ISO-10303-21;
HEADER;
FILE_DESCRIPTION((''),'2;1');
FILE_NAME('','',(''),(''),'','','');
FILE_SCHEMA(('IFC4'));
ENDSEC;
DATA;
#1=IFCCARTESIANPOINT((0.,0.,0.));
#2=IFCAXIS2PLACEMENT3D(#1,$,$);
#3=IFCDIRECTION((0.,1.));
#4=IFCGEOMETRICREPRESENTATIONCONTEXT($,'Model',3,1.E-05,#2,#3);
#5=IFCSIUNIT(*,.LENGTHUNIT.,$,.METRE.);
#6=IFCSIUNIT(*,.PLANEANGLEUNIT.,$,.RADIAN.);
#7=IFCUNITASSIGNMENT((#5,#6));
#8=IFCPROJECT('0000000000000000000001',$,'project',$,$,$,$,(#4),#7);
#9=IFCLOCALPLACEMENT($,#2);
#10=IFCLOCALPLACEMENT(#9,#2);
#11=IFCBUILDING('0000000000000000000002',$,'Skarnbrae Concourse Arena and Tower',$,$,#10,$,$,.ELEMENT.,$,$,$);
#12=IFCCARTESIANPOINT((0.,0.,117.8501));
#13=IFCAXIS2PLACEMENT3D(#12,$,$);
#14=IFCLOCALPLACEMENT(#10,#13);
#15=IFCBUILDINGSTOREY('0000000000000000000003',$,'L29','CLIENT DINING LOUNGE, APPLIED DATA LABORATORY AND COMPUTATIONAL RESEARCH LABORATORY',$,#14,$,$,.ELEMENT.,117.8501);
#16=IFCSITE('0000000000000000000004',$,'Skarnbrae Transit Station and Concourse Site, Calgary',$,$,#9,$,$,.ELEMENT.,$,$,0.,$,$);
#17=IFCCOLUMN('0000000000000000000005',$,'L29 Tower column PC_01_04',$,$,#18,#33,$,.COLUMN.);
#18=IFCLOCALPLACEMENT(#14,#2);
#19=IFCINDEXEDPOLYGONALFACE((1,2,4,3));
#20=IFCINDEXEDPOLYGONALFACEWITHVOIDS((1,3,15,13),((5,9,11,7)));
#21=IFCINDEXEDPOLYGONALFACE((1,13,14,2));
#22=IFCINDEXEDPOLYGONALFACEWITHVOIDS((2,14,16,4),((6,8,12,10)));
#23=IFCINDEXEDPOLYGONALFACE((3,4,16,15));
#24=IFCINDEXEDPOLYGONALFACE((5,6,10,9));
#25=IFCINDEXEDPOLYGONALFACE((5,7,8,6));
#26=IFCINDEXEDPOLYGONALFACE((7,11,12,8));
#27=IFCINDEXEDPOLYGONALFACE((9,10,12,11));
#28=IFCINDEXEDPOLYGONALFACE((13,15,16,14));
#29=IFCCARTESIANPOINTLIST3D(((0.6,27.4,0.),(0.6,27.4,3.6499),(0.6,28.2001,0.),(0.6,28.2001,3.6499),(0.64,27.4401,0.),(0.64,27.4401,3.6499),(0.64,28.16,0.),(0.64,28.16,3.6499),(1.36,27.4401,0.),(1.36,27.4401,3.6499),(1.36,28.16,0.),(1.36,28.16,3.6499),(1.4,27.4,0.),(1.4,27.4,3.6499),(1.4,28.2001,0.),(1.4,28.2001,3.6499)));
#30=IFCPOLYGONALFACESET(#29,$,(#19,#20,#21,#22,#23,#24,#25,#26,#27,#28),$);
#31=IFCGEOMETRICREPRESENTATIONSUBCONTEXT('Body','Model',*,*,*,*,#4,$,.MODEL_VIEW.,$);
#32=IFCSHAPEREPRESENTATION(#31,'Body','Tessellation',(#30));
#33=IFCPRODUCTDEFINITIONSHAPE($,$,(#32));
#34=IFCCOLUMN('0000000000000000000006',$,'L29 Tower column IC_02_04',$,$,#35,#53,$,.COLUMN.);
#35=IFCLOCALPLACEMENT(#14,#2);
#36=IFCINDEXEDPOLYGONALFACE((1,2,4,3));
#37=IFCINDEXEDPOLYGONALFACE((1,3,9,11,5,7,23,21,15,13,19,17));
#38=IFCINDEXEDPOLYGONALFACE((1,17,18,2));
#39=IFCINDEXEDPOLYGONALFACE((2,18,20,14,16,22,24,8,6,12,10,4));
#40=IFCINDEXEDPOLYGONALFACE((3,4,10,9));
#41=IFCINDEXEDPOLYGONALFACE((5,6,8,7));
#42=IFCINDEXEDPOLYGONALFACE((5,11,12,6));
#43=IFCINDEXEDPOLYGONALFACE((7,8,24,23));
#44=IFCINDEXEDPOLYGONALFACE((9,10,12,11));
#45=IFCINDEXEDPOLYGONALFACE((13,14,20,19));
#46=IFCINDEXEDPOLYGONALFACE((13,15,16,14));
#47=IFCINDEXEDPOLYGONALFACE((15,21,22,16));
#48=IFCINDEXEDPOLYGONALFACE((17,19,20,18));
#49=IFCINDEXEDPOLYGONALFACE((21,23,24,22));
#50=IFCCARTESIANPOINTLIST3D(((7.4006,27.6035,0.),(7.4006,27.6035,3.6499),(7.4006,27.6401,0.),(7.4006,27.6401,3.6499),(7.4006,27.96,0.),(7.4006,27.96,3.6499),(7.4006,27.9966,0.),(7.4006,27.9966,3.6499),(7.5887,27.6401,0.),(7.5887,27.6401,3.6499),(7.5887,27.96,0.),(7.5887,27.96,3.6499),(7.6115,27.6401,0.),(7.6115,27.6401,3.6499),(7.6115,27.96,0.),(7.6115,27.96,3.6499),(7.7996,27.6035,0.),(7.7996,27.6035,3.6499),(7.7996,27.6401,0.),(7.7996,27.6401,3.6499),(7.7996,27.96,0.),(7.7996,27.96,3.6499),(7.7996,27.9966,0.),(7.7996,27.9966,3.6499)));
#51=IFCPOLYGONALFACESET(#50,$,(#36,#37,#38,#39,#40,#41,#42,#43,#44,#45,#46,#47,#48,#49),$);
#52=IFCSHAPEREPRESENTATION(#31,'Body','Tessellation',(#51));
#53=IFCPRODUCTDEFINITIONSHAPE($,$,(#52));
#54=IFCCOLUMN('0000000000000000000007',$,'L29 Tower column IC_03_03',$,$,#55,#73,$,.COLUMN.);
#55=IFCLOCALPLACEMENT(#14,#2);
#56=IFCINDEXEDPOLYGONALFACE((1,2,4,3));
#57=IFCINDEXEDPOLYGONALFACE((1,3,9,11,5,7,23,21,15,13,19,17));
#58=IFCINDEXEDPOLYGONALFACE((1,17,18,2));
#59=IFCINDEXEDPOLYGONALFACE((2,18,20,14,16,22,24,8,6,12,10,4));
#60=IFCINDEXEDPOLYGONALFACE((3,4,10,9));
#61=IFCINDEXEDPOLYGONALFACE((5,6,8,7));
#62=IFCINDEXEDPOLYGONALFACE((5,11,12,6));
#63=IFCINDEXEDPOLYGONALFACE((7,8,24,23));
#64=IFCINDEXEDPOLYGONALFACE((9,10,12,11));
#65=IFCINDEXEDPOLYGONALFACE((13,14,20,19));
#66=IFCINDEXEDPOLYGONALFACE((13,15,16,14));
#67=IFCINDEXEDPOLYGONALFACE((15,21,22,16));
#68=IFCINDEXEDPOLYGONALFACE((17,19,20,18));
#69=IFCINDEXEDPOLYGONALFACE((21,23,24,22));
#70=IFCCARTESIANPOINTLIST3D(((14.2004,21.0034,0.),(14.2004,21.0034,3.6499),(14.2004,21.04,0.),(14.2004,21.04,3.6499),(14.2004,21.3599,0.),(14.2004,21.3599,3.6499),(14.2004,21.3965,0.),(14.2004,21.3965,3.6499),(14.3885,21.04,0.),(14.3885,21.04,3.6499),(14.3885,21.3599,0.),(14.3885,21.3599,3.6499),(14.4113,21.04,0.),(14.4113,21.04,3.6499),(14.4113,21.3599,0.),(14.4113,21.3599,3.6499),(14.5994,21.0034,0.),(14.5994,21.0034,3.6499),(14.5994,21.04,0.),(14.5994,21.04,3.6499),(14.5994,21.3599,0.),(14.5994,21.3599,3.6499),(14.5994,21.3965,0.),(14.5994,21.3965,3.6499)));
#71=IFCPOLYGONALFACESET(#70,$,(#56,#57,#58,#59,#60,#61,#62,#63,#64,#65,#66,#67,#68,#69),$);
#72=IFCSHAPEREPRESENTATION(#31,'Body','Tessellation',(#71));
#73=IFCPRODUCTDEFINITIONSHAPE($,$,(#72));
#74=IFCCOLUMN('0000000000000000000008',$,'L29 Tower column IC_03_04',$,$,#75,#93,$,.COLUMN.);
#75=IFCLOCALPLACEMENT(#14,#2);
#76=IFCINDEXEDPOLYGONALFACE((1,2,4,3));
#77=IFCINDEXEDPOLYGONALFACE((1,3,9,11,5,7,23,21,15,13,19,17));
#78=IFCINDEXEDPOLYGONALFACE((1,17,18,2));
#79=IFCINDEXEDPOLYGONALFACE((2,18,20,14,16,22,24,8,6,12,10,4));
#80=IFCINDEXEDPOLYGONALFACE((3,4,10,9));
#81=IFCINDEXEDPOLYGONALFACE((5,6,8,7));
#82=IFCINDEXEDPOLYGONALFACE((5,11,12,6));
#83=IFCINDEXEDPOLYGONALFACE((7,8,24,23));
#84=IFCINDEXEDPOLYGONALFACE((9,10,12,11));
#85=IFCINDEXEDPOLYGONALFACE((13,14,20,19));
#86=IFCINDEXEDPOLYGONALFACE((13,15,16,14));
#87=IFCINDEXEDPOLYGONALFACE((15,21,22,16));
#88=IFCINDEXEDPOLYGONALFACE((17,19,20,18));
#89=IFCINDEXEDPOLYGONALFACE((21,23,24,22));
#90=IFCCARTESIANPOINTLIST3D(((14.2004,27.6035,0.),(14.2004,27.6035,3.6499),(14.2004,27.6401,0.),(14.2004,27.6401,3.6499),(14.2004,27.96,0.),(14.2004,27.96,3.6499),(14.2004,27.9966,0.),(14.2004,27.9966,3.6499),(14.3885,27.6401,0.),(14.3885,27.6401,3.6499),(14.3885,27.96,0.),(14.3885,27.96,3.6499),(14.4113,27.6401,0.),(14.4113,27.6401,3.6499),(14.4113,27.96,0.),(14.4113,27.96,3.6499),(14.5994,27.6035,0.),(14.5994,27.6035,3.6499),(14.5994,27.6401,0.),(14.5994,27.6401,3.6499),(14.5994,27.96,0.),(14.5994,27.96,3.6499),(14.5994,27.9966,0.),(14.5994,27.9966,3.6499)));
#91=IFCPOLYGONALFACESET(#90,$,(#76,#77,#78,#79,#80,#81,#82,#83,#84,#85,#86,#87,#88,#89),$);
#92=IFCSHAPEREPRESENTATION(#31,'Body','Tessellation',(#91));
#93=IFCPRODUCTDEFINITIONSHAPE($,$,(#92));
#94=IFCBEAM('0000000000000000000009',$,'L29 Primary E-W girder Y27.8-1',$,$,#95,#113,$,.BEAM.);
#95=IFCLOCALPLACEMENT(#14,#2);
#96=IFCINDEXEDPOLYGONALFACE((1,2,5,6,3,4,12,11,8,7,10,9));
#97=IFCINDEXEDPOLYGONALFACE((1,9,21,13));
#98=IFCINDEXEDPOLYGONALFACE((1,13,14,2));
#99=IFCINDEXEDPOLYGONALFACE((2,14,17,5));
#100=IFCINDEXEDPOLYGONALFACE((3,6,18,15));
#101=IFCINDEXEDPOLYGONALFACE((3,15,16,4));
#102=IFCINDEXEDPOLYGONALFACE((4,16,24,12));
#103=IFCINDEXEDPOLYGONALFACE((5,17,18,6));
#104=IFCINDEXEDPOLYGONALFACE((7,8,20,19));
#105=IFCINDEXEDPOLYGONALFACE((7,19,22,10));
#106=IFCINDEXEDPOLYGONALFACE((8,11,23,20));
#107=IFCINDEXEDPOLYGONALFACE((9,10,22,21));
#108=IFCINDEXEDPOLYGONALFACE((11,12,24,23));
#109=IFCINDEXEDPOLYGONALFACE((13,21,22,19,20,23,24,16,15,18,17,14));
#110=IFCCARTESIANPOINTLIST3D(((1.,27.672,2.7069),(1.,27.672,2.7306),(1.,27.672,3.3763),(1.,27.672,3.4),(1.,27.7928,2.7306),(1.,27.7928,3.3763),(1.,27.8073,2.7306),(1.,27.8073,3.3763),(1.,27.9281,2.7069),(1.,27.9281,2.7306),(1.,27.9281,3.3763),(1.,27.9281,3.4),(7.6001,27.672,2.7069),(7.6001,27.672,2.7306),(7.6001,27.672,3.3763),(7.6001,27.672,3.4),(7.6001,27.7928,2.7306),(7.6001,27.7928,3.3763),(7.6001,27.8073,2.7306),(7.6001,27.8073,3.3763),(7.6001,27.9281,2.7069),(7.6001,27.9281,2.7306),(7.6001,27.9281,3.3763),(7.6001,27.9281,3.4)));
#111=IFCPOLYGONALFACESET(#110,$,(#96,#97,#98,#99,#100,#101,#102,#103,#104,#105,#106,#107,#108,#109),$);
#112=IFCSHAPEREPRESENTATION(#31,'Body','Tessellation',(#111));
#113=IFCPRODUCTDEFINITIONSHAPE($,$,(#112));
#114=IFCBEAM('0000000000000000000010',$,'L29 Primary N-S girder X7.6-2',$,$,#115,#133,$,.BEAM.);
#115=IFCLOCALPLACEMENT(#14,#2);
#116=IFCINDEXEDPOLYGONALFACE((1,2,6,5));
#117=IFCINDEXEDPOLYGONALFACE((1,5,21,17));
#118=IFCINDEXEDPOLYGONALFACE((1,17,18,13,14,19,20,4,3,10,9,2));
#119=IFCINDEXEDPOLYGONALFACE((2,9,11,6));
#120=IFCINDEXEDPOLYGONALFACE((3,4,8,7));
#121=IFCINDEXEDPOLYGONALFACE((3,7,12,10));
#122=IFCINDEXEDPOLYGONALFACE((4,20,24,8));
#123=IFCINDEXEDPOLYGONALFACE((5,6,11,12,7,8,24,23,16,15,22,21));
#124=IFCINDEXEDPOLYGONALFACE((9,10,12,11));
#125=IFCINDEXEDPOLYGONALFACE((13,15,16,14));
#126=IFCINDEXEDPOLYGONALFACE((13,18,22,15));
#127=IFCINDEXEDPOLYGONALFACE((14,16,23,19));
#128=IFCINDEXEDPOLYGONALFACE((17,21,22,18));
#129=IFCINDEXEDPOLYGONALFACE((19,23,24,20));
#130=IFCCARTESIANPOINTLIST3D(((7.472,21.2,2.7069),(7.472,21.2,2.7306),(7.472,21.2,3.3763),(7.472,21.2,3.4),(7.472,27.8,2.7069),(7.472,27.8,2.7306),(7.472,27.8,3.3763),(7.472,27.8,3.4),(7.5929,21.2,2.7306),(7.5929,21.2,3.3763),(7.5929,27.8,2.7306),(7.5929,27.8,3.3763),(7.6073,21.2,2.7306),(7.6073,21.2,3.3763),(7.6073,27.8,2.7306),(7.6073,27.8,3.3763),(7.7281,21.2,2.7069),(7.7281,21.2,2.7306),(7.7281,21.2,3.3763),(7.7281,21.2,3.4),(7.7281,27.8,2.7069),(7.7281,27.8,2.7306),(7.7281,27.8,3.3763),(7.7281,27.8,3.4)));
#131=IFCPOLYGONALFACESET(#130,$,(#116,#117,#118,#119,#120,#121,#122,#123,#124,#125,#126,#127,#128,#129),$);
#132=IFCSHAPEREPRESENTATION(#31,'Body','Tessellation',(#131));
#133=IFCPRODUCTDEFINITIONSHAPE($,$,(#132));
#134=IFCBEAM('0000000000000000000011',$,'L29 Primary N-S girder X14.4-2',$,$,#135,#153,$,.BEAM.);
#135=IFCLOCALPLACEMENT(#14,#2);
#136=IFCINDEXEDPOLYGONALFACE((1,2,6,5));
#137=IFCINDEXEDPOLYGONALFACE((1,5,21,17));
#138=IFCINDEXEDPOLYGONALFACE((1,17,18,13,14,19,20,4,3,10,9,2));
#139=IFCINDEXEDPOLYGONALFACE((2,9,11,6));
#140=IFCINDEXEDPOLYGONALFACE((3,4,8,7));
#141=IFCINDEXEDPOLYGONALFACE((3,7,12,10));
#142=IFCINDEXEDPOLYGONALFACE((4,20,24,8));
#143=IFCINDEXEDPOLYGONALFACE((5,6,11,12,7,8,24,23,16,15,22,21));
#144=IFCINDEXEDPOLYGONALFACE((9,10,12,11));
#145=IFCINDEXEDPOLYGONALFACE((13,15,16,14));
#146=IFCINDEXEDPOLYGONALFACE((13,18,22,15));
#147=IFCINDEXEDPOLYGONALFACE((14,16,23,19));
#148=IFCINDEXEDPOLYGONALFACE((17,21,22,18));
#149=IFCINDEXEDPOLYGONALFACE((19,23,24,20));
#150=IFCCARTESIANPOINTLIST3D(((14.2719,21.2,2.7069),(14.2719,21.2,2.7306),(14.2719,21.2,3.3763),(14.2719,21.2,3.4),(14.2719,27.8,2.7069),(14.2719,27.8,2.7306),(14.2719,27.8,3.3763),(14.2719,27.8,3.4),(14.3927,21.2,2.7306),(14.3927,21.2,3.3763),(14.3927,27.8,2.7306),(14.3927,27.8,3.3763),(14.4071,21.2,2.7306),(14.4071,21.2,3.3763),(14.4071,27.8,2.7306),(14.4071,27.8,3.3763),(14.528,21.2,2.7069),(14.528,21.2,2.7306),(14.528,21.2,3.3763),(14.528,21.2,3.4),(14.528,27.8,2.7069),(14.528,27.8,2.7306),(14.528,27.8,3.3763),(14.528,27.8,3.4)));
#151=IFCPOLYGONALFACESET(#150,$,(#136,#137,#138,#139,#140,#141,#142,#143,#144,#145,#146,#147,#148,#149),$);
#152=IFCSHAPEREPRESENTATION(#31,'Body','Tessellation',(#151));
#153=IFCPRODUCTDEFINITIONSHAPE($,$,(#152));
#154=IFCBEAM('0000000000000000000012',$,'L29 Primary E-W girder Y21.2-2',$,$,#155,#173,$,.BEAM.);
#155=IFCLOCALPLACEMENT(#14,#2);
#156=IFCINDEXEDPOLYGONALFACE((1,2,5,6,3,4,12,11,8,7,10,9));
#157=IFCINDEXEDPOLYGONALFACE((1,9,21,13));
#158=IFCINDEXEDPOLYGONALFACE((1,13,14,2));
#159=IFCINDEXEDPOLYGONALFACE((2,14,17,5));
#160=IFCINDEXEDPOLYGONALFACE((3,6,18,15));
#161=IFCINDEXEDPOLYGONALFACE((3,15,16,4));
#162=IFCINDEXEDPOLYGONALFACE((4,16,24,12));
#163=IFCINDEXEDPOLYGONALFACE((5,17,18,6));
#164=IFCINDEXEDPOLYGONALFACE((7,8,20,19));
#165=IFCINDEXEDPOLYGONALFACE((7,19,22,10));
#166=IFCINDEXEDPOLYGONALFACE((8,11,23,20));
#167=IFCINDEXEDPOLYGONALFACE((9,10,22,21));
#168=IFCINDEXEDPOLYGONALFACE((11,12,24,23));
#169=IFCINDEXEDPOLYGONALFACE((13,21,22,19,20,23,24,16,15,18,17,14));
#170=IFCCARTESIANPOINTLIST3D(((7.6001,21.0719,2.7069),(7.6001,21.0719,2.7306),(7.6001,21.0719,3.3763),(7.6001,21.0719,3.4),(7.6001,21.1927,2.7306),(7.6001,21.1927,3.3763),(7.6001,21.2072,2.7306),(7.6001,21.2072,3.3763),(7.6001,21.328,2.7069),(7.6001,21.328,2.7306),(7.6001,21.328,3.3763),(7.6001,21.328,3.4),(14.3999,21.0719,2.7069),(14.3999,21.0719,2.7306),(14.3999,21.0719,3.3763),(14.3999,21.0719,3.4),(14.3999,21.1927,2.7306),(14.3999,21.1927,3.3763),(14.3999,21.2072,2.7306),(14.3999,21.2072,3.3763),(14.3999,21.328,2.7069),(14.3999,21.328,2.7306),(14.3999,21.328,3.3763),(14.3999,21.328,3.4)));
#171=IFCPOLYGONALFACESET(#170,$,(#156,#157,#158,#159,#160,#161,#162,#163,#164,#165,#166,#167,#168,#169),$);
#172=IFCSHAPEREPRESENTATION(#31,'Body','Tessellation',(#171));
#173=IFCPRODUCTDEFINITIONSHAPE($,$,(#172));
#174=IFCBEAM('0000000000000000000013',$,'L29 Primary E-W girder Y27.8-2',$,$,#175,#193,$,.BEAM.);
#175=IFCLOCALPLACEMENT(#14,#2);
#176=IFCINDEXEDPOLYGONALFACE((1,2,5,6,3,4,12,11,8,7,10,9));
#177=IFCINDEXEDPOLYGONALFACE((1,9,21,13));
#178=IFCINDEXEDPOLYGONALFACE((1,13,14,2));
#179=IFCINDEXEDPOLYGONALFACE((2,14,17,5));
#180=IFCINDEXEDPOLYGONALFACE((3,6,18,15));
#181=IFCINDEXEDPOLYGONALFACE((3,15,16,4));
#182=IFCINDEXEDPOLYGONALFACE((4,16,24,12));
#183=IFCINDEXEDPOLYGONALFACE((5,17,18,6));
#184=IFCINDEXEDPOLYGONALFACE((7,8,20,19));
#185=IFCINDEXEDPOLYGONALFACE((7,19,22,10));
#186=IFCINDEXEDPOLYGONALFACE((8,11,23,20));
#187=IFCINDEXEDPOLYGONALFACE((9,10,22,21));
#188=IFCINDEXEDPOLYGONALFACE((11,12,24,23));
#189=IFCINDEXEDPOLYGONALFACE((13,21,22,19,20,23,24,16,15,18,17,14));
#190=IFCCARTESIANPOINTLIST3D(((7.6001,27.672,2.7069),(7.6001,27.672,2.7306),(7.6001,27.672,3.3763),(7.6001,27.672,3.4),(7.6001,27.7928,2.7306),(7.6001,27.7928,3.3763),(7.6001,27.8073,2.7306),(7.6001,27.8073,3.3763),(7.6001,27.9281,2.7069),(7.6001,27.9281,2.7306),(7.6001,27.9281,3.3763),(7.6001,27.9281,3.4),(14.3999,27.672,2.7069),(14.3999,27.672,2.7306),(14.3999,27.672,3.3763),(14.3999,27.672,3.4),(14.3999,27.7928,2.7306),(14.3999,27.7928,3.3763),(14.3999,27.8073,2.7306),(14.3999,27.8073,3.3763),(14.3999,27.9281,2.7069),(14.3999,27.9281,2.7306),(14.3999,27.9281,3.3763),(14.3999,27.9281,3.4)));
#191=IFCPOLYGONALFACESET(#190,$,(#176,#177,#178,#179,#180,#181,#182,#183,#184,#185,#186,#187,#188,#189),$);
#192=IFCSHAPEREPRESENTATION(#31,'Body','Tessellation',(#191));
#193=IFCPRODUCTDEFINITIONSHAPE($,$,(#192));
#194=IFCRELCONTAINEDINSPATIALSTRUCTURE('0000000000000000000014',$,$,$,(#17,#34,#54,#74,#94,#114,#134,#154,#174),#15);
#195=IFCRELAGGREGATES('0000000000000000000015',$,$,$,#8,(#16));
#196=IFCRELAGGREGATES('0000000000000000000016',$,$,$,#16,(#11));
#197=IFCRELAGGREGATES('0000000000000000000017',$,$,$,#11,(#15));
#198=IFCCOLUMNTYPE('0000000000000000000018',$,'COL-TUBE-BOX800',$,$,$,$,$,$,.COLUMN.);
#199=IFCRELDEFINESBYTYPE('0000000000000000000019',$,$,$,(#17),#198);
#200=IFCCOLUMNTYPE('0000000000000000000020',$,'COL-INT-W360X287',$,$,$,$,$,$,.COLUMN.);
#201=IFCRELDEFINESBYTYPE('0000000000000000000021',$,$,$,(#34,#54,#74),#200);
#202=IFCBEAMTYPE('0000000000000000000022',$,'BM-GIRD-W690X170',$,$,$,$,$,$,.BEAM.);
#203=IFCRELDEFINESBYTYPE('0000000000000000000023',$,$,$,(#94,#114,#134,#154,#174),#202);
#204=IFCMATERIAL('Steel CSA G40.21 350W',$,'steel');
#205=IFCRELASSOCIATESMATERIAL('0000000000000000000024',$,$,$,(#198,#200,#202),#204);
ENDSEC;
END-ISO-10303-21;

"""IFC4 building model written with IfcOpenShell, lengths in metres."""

from ifc_helpers import new_model, si_unit, direction, frame, origin, origin_2d, place, context, subcontext, project, spatial, hollow_rectangle, i_section, extrude, source, transform, mapped, material, material_profile, profile_set, type_object, element, save


model = new_model("IFC4")

# Units and contexts
model_context = context("Model", 3, precision=1e-05, world=origin(), true_north=direction((0.0, 1.0)))
body_context = subcontext(model_context, "Body", "Model", "MODEL_VIEW")
ifc_project = project(units=[si_unit("LENGTHUNIT", "METRE"), si_unit("PLANEANGLEUNIT", "RADIAN")], contexts=[model_context])

# Site, building, storey
site_placement = place(None, origin())
site = spatial("IfcSite", under=ifc_project, at=site_placement, Name="Skarnbrae Transit Station and Concourse Site, Calgary", CompositionType="ELEMENT", RefElevation=0.0)
building_placement = place(site_placement, origin())
building = spatial("IfcBuilding", under=site, at=building_placement, Name="Skarnbrae Concourse Arena and Tower", CompositionType="ELEMENT")
storey_placement = place(building_placement, frame((0.0, 0.0, 117.8501)))
storey = spatial("IfcBuildingStorey", under=building, at=storey_placement, Name="L29", Description="CLIENT DINING LOUNGE, APPLIED DATA LABORATORY AND COMPUTATIONAL RESEARCH LABORATORY", CompositionType="ELEMENT", Elevation=117.8501)

# Columns
ifc_material_1 = material(Name="Steel CSA G40.21 350W", Category="steel")
ifc_material_profile_1 = material_profile(ifc_material_1, hollow_rectangle(XDim=0.8, YDim=0.8, WallThickness=0.04, at=origin_2d()), Name="BOX800X800X40")
ifc_profile_set_1 = profile_set([ifc_material_profile_1], Name="Steel CSA G40.21 350W")
column_type_1 = type_object("IfcColumnType", Name="COL-TUBE-BOX800", PredefinedType="COLUMN", material=ifc_profile_set_1)
shared_shape_1 = source(origin(), body_context, "Body", "SweptSolid", [
    extrude(hollow_rectangle(XDim=0.8, YDim=0.8, WallThickness=0.04, at=origin_2d()), origin(), (0.0, 0.0, 1.0), 3.6499),
])
column_placement = place(storey_placement, frame((1.0, 27.8, 0.0), z_axis=(0.0, 0.0, 1.0), x_axis=(1.0, 0.0, 0.0)))
element("IfcColumn", 1, at=column_placement, inside=storey, type_object=column_type_1, Name="L29 Tower column PC_01_04", PredefinedType="COLUMN", context=body_context, shape_type="MappedRepresentation", body=[
    mapped(shared_shape_1, transform((0.0, 0.0, 0.0))),
])
ifc_material_profile_2 = material_profile(ifc_material_1, i_section(OverallWidth=0.3989, OverallDepth=0.3931, WebThickness=0.0227, FlangeThickness=0.0366, at=origin_2d()), Name="W360X287")
ifc_profile_set_2 = profile_set([ifc_material_profile_2], Name="Steel CSA G40.21 350W")
column_type_2 = type_object("IfcColumnType", Name="COL-INT-W360X287", PredefinedType="COLUMN", material=ifc_profile_set_2)
shared_shape_2 = source(origin(), body_context, "Body", "SweptSolid", [
    extrude(i_section(OverallWidth=0.3989, OverallDepth=0.3931, WebThickness=0.0227, FlangeThickness=0.0366, at=origin_2d()), origin(), (0.0, 0.0, 1.0), 3.6499),
])
for number, where, z_axis, x_axis, name in (
    (2, (7.6001, 27.8, 0.0), (0.0, 0.0, 1.0), (1.0, 0.0, 0.0), "L29 Tower column IC_02_04"),
    (3, (14.3999, 21.2, 0.0), (0.0, 0.0, 1.0), (1.0, 0.0, 0.0), "L29 Tower column IC_03_03"),
    (4, (14.3999, 27.8, 0.0), (0.0, 0.0, 1.0), (1.0, 0.0, 0.0), "L29 Tower column IC_03_04"),
):
    element("IfcColumn", number, at=place(storey_placement, frame(where, z_axis=z_axis, x_axis=x_axis)), inside=storey, type_object=column_type_2, Name=name, PredefinedType="COLUMN", context=body_context, shape_type="MappedRepresentation", body=[
        mapped(shared_shape_2, transform((0.0, 0.0, 0.0))),
    ])

# Beams
ifc_material_profile_3 = material_profile(ifc_material_1, i_section(OverallWidth=0.2561, OverallDepth=0.6931, WebThickness=0.0144, FlangeThickness=0.0237, at=origin_2d()), Name="W690X170")
ifc_profile_set_3 = profile_set([ifc_material_profile_3], Name="Steel CSA G40.21 350W")
beam_type_1 = type_object("IfcBeamType", Name="BM-GIRD-W690X170", PredefinedType="BEAM", material=ifc_profile_set_3)
shared_shape_3 = source(origin(), body_context, "Body", "SweptSolid", [
    extrude(i_section(OverallWidth=0.2561, OverallDepth=0.6931, WebThickness=0.0144, FlangeThickness=0.0237, at=origin_2d()), origin(), (0.0, 0.0, 1.0), 6.6001),
])
for number, where, z_axis, x_axis, name in (
    (5, (1.0, 27.8, 3.0535), (1.0, 0.0, 0.0), (0.0, 1.0, 0.0), "L29 Primary E-W girder Y27.8-1"),
    (6, (7.6001, 21.2, 3.0535), (0.0, 1.0, 0.0), (-1.0, 0.0, 0.0), "L29 Primary N-S girder X7.6-2"),
    (7, (14.3999, 21.2, 3.0535), (0.0, 1.0, 0.0), (-1.0, 0.0, 0.0), "L29 Primary N-S girder X14.4-2"),
):
    element("IfcBeam", number, at=place(storey_placement, frame(where, z_axis=z_axis, x_axis=x_axis)), inside=storey, type_object=beam_type_1, Name=name, PredefinedType="BEAM", context=body_context, shape_type="MappedRepresentation", body=[
        mapped(shared_shape_3, transform((0.0, 0.0, 0.0))),
    ])
shared_shape_4 = source(origin(), body_context, "Body", "SweptSolid", [
    extrude(i_section(OverallWidth=0.2561, OverallDepth=0.6931, WebThickness=0.0144, FlangeThickness=0.0237, at=origin_2d()), origin(), (0.0, 0.0, 1.0), 6.7998),
])
for number, where, z_axis, x_axis, name in (
    (8, (7.6001, 21.2, 3.0535), (1.0, 0.0, 0.0), (0.0, 1.0, 0.0), "L29 Primary E-W girder Y21.2-2"),
    (9, (7.6001, 27.8, 3.0535), (1.0, 0.0, 0.0), (0.0, 1.0, 0.0), "L29 Primary E-W girder Y27.8-2"),
):
    element("IfcBeam", number, at=place(storey_placement, frame(where, z_axis=z_axis, x_axis=x_axis)), inside=storey, type_object=beam_type_1, Name=name, PredefinedType="BEAM", context=body_context, shape_type="MappedRepresentation", body=[
        mapped(shared_shape_4, transform((0.0, 0.0, 0.0))),
    ])

save(model, "model.ifc")
